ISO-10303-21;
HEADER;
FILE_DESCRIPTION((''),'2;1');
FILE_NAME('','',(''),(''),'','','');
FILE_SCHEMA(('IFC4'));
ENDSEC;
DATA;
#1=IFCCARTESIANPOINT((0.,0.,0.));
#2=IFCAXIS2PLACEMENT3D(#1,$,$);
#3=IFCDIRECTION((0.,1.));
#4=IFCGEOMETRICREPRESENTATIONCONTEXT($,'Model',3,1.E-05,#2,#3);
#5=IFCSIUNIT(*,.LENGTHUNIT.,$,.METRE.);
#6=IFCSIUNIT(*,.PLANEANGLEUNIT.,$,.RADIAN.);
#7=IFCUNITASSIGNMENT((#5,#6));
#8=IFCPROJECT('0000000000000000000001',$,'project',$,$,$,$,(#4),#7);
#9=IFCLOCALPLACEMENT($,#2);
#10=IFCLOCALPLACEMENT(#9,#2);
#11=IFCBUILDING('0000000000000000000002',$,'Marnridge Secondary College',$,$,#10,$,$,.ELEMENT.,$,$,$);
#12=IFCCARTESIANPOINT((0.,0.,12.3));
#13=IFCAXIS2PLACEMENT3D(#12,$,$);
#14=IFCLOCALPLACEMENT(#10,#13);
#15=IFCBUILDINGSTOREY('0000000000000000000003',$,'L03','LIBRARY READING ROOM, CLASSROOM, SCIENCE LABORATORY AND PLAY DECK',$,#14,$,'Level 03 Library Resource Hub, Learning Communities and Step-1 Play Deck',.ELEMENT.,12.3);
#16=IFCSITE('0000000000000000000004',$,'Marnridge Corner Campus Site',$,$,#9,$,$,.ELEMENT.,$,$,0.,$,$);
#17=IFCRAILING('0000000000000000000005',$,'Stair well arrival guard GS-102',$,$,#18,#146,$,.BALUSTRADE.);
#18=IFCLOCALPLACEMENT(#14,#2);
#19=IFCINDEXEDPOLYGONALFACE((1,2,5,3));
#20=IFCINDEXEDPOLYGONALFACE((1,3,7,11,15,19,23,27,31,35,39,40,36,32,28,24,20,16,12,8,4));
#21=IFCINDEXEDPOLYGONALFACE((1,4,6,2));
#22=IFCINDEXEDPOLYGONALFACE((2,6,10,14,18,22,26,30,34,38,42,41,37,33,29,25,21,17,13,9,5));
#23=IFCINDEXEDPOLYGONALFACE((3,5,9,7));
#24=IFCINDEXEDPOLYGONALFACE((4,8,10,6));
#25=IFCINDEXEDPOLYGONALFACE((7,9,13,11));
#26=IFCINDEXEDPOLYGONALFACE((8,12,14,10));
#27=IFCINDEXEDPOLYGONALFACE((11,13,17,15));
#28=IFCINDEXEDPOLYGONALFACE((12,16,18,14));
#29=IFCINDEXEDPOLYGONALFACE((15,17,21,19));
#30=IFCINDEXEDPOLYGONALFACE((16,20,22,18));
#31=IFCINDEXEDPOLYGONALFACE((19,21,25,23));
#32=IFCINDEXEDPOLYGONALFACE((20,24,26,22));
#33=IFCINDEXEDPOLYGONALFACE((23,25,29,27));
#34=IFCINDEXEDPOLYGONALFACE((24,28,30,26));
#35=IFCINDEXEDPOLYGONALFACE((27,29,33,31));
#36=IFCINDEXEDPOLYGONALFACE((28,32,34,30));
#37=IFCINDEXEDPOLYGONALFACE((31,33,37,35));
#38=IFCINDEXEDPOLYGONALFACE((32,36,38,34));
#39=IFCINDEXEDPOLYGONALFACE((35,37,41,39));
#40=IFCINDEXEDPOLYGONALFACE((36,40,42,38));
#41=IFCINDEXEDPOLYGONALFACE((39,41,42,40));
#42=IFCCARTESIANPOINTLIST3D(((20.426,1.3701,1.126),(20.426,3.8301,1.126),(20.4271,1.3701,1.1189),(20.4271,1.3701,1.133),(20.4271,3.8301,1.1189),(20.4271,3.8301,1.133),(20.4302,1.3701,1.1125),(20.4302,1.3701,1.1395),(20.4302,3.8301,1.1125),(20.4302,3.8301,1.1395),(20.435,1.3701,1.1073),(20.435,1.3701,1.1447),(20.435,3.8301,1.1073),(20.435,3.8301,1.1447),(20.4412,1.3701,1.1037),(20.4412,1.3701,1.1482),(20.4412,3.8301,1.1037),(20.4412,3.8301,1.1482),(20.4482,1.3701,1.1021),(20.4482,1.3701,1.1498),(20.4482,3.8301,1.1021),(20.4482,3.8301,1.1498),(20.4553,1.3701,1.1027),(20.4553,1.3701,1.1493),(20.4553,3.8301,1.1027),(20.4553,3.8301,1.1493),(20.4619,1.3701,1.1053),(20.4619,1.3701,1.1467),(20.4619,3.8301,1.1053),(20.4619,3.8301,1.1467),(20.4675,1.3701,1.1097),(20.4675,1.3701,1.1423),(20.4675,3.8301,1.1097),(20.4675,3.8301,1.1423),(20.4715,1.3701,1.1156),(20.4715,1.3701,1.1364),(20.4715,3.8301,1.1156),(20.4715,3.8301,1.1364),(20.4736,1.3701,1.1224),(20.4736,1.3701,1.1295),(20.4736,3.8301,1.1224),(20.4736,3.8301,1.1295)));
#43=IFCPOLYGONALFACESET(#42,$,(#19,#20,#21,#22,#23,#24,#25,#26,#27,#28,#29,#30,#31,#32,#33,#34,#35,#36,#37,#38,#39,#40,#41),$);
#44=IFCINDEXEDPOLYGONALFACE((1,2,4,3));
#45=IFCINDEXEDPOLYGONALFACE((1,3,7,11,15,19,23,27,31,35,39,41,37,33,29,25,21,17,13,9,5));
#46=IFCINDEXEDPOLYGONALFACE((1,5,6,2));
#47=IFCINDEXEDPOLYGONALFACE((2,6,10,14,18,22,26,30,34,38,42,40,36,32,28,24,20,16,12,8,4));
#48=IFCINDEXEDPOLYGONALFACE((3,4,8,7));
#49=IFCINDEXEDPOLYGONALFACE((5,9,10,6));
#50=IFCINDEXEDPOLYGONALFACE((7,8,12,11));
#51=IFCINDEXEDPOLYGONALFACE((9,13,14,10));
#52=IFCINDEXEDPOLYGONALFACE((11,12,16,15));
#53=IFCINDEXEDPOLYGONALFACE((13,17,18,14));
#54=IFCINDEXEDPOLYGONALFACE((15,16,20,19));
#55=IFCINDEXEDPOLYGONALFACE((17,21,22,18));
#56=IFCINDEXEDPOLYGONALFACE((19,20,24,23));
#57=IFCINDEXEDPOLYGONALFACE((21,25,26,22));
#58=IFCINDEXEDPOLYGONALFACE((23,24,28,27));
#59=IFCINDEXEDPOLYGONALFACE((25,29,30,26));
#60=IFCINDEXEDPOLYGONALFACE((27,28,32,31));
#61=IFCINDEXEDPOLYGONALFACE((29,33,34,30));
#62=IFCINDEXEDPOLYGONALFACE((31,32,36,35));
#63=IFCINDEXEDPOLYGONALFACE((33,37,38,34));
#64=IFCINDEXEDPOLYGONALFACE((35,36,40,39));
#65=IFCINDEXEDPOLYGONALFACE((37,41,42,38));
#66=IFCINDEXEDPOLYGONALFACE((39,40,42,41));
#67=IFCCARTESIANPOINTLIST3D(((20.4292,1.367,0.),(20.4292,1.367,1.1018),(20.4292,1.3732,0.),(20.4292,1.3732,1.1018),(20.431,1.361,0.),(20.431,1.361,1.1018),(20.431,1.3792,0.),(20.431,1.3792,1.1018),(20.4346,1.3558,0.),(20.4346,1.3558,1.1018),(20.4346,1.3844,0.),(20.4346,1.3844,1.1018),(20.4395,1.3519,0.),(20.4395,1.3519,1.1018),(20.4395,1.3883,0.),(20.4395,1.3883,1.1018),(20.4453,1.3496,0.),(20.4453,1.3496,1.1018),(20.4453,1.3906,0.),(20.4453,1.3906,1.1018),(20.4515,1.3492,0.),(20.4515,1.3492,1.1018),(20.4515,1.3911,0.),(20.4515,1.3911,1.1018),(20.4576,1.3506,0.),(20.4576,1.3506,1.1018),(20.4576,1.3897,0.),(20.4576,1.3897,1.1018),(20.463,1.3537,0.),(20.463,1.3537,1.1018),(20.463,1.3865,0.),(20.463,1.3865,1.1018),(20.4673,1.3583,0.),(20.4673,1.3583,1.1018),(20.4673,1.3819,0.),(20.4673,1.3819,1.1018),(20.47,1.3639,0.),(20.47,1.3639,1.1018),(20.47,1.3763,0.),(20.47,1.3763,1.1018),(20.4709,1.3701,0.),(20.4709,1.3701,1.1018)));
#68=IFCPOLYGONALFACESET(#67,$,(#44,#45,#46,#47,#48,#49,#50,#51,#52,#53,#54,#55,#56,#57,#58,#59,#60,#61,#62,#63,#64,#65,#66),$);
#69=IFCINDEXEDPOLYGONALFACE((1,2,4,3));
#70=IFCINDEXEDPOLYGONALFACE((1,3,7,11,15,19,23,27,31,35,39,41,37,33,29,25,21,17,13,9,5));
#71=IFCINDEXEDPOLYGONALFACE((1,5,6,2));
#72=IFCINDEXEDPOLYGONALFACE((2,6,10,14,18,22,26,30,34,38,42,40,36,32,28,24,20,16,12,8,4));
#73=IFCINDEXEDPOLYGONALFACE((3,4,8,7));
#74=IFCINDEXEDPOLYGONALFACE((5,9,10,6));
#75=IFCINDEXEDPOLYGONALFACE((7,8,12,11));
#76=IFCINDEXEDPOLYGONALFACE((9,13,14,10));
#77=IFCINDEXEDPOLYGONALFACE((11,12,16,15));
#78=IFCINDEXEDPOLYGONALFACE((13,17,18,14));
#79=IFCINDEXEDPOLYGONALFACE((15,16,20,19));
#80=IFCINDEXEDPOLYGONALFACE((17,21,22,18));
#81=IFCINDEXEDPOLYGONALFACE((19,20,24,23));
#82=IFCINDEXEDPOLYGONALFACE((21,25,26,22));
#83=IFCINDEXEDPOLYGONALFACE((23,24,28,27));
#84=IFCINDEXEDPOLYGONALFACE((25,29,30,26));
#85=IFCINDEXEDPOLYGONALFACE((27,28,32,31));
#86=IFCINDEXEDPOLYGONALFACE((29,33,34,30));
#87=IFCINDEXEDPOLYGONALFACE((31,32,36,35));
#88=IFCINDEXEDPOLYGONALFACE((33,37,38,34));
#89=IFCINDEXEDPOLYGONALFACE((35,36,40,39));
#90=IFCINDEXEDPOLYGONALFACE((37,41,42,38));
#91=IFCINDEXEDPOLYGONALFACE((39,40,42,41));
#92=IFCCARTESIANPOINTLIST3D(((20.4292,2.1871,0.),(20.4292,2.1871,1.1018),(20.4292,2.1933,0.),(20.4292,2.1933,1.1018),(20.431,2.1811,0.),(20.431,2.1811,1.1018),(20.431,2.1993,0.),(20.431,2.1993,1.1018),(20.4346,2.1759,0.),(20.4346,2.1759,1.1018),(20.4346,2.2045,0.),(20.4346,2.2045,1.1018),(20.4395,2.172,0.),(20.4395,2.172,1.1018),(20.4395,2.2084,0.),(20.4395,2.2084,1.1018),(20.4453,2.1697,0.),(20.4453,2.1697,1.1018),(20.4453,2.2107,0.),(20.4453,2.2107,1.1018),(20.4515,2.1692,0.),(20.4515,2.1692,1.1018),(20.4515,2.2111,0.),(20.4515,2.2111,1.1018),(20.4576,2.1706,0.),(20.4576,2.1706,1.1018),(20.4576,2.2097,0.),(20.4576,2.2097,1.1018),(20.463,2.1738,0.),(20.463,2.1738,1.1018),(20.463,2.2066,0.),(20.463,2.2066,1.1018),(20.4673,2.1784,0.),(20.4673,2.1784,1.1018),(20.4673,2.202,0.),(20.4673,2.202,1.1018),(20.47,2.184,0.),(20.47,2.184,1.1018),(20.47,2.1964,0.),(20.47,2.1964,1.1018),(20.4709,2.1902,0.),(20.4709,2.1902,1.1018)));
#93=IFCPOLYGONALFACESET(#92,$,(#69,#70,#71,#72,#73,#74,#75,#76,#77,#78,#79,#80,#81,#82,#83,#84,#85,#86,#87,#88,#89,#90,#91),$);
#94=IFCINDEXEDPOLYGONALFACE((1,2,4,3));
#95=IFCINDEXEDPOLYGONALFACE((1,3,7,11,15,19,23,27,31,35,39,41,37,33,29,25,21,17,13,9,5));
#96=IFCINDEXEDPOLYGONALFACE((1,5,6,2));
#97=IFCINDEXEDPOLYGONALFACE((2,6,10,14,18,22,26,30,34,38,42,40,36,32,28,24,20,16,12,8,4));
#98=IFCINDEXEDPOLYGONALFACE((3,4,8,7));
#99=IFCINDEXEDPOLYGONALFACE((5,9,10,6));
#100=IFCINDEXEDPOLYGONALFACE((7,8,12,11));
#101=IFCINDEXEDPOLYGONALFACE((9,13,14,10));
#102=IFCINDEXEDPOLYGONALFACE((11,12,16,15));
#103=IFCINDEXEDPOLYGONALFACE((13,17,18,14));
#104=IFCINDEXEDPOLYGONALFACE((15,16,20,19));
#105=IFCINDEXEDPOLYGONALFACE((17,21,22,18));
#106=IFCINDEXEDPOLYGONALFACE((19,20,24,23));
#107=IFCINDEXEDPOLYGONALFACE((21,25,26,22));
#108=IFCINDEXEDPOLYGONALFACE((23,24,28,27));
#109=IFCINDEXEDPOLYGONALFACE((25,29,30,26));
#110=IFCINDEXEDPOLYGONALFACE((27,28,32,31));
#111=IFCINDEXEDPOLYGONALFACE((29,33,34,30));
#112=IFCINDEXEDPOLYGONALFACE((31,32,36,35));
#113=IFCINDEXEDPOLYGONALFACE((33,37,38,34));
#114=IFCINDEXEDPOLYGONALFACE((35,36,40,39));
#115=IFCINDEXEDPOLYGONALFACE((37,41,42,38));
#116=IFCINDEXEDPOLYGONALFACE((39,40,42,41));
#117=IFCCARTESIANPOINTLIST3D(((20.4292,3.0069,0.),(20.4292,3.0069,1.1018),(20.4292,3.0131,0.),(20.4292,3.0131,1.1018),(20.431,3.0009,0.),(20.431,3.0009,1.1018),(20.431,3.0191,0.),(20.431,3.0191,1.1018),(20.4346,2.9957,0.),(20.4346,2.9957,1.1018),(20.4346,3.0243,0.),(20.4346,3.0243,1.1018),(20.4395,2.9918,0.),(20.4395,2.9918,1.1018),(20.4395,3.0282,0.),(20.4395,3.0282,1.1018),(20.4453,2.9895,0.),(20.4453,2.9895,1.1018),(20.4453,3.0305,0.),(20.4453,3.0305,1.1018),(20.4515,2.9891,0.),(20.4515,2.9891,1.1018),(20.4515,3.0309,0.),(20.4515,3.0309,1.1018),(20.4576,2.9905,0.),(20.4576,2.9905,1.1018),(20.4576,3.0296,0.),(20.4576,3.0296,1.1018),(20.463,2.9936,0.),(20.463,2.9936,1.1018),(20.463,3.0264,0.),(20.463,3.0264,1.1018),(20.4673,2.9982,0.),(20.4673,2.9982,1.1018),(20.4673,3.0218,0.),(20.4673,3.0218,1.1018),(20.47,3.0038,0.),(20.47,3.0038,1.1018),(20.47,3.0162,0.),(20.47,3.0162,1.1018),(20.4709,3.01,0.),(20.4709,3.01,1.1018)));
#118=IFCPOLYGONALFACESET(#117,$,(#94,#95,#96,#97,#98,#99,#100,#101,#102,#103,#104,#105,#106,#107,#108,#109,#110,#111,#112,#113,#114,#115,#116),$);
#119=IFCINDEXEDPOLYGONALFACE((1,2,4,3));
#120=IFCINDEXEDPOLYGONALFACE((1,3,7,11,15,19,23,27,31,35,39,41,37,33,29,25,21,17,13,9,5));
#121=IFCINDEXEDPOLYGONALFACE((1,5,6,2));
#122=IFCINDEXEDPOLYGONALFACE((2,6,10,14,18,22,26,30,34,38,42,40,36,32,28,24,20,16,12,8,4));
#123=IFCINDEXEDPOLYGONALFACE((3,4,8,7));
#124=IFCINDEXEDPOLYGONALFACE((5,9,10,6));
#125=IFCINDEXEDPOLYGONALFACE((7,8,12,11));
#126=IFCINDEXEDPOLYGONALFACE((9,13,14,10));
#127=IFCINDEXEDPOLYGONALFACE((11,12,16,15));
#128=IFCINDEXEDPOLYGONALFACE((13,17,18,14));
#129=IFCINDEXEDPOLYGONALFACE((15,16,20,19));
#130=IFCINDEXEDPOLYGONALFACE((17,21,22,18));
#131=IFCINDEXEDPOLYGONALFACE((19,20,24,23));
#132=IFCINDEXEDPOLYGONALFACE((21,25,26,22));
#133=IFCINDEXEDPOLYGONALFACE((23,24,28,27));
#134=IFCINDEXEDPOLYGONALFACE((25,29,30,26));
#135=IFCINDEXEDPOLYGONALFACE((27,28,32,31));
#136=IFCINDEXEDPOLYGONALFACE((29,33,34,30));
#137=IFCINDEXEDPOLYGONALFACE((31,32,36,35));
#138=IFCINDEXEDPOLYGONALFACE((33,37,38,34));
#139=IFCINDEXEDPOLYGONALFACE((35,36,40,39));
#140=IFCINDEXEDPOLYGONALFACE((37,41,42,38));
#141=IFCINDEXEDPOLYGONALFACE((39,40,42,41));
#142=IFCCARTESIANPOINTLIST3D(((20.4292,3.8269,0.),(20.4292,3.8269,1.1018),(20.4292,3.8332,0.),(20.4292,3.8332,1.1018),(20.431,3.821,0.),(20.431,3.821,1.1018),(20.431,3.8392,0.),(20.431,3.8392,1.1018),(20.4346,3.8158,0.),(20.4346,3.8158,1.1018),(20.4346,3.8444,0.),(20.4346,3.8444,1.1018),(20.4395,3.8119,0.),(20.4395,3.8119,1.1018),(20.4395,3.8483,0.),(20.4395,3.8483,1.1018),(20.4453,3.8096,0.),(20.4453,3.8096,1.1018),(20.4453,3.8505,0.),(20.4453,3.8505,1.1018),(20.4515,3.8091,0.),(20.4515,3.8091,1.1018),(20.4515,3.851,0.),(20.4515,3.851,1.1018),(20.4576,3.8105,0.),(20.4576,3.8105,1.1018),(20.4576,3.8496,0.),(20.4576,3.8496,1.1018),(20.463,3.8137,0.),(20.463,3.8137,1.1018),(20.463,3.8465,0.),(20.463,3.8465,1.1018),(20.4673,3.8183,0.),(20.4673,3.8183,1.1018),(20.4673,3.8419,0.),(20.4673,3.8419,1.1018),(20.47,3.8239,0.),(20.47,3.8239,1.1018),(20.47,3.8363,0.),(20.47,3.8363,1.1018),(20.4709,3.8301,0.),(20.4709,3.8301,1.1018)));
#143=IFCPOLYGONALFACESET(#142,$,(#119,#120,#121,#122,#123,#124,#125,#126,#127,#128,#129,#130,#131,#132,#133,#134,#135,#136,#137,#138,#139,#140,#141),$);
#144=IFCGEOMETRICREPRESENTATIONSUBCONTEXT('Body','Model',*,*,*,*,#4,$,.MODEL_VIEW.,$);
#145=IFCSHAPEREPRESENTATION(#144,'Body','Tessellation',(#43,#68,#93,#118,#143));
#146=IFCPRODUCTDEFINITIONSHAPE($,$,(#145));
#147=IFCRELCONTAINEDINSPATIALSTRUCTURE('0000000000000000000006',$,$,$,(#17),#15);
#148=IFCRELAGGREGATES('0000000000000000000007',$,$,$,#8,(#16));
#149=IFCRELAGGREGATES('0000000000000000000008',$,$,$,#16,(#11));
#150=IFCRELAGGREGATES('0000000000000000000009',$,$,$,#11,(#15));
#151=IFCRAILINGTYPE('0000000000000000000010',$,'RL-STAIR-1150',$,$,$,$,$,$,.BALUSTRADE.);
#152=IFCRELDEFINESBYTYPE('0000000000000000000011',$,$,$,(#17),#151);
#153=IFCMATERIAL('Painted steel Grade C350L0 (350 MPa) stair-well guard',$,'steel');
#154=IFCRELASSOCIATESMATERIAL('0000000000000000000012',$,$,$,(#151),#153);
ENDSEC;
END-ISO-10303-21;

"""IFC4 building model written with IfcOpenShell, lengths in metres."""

from ifc_helpers import new_model, si_unit, direction, frame, origin, origin_2d, place, context, subcontext, project, spatial, circle, extrude, material, type_object, element, save


model = new_model("IFC4")

# Units and contexts
model_context = context("Model", 3, precision=1e-05, world=origin(), true_north=direction((0.0, 1.0)))
body_context = subcontext(model_context, "Body", "Model", "MODEL_VIEW")
ifc_project = project(units=[si_unit("LENGTHUNIT", "METRE"), si_unit("PLANEANGLEUNIT", "RADIAN")], contexts=[model_context])

# Site, building, storey
site_placement = place(None, origin())
site = spatial("IfcSite", under=ifc_project, at=site_placement, Name="Marnridge Corner Campus Site", CompositionType="ELEMENT", RefElevation=0.0)
building_placement = place(site_placement, origin())
building = spatial("IfcBuilding", under=site, at=building_placement, Name="Marnridge Secondary College", CompositionType="ELEMENT")
storey_placement = place(building_placement, frame((0.0, 0.0, 12.3)))
storey = spatial("IfcBuildingStorey", under=building, at=storey_placement, Name="L03", Description="LIBRARY READING ROOM, CLASSROOM, SCIENCE LABORATORY AND PLAY DECK", LongName="Level 03 Library Resource Hub, Learning Communities and Step-1 Play Deck", CompositionType="ELEMENT", Elevation=12.3)

# Railing
ifc_material_1 = material(Name="Painted steel Grade C350L0 (350 MPa) stair-well guard", Category="steel")
railing_type_1 = type_object("IfcRailingType", Name="RL-STAIR-1150", PredefinedType="BALUSTRADE", material=ifc_material_1)
railing_1_placement = place(storey_placement, frame((20.45, 1.3701, 0.0)))
element("IfcRailing", 1, at=railing_1_placement, inside=storey, type_object=railing_type_1, Name="Stair well arrival guard GS-102", PredefinedType="BALUSTRADE", context=body_context, shape_type="SweptSolid", body=[
    extrude(circle(Radius=0.0239, at=origin_2d()), frame((0.0, 0.0, 1.126), z_axis=(0.0, 1.0, 0.0), x_axis=(-1.0, 0.0, 0.0)), (0.0, 0.0, 1.0), 2.46),
    extrude(circle(Radius=0.021, at=origin_2d()), origin(), (0.0, 0.0, 1.0), 1.1018),
    extrude(circle(Radius=0.021, at=origin_2d()), frame((0.0, 0.8201, 0.0)), (0.0, 0.0, 1.0), 1.1018),
    extrude(circle(Radius=0.021, at=origin_2d()), frame((0.0, 1.6399, 0.0)), (0.0, 0.0, 1.0), 1.1018),
    extrude(circle(Radius=0.021, at=origin_2d()), frame((0.0, 2.46, 0.0)), (0.0, 0.0, 1.0), 1.1018),
])

save(model, "model.ifc")
